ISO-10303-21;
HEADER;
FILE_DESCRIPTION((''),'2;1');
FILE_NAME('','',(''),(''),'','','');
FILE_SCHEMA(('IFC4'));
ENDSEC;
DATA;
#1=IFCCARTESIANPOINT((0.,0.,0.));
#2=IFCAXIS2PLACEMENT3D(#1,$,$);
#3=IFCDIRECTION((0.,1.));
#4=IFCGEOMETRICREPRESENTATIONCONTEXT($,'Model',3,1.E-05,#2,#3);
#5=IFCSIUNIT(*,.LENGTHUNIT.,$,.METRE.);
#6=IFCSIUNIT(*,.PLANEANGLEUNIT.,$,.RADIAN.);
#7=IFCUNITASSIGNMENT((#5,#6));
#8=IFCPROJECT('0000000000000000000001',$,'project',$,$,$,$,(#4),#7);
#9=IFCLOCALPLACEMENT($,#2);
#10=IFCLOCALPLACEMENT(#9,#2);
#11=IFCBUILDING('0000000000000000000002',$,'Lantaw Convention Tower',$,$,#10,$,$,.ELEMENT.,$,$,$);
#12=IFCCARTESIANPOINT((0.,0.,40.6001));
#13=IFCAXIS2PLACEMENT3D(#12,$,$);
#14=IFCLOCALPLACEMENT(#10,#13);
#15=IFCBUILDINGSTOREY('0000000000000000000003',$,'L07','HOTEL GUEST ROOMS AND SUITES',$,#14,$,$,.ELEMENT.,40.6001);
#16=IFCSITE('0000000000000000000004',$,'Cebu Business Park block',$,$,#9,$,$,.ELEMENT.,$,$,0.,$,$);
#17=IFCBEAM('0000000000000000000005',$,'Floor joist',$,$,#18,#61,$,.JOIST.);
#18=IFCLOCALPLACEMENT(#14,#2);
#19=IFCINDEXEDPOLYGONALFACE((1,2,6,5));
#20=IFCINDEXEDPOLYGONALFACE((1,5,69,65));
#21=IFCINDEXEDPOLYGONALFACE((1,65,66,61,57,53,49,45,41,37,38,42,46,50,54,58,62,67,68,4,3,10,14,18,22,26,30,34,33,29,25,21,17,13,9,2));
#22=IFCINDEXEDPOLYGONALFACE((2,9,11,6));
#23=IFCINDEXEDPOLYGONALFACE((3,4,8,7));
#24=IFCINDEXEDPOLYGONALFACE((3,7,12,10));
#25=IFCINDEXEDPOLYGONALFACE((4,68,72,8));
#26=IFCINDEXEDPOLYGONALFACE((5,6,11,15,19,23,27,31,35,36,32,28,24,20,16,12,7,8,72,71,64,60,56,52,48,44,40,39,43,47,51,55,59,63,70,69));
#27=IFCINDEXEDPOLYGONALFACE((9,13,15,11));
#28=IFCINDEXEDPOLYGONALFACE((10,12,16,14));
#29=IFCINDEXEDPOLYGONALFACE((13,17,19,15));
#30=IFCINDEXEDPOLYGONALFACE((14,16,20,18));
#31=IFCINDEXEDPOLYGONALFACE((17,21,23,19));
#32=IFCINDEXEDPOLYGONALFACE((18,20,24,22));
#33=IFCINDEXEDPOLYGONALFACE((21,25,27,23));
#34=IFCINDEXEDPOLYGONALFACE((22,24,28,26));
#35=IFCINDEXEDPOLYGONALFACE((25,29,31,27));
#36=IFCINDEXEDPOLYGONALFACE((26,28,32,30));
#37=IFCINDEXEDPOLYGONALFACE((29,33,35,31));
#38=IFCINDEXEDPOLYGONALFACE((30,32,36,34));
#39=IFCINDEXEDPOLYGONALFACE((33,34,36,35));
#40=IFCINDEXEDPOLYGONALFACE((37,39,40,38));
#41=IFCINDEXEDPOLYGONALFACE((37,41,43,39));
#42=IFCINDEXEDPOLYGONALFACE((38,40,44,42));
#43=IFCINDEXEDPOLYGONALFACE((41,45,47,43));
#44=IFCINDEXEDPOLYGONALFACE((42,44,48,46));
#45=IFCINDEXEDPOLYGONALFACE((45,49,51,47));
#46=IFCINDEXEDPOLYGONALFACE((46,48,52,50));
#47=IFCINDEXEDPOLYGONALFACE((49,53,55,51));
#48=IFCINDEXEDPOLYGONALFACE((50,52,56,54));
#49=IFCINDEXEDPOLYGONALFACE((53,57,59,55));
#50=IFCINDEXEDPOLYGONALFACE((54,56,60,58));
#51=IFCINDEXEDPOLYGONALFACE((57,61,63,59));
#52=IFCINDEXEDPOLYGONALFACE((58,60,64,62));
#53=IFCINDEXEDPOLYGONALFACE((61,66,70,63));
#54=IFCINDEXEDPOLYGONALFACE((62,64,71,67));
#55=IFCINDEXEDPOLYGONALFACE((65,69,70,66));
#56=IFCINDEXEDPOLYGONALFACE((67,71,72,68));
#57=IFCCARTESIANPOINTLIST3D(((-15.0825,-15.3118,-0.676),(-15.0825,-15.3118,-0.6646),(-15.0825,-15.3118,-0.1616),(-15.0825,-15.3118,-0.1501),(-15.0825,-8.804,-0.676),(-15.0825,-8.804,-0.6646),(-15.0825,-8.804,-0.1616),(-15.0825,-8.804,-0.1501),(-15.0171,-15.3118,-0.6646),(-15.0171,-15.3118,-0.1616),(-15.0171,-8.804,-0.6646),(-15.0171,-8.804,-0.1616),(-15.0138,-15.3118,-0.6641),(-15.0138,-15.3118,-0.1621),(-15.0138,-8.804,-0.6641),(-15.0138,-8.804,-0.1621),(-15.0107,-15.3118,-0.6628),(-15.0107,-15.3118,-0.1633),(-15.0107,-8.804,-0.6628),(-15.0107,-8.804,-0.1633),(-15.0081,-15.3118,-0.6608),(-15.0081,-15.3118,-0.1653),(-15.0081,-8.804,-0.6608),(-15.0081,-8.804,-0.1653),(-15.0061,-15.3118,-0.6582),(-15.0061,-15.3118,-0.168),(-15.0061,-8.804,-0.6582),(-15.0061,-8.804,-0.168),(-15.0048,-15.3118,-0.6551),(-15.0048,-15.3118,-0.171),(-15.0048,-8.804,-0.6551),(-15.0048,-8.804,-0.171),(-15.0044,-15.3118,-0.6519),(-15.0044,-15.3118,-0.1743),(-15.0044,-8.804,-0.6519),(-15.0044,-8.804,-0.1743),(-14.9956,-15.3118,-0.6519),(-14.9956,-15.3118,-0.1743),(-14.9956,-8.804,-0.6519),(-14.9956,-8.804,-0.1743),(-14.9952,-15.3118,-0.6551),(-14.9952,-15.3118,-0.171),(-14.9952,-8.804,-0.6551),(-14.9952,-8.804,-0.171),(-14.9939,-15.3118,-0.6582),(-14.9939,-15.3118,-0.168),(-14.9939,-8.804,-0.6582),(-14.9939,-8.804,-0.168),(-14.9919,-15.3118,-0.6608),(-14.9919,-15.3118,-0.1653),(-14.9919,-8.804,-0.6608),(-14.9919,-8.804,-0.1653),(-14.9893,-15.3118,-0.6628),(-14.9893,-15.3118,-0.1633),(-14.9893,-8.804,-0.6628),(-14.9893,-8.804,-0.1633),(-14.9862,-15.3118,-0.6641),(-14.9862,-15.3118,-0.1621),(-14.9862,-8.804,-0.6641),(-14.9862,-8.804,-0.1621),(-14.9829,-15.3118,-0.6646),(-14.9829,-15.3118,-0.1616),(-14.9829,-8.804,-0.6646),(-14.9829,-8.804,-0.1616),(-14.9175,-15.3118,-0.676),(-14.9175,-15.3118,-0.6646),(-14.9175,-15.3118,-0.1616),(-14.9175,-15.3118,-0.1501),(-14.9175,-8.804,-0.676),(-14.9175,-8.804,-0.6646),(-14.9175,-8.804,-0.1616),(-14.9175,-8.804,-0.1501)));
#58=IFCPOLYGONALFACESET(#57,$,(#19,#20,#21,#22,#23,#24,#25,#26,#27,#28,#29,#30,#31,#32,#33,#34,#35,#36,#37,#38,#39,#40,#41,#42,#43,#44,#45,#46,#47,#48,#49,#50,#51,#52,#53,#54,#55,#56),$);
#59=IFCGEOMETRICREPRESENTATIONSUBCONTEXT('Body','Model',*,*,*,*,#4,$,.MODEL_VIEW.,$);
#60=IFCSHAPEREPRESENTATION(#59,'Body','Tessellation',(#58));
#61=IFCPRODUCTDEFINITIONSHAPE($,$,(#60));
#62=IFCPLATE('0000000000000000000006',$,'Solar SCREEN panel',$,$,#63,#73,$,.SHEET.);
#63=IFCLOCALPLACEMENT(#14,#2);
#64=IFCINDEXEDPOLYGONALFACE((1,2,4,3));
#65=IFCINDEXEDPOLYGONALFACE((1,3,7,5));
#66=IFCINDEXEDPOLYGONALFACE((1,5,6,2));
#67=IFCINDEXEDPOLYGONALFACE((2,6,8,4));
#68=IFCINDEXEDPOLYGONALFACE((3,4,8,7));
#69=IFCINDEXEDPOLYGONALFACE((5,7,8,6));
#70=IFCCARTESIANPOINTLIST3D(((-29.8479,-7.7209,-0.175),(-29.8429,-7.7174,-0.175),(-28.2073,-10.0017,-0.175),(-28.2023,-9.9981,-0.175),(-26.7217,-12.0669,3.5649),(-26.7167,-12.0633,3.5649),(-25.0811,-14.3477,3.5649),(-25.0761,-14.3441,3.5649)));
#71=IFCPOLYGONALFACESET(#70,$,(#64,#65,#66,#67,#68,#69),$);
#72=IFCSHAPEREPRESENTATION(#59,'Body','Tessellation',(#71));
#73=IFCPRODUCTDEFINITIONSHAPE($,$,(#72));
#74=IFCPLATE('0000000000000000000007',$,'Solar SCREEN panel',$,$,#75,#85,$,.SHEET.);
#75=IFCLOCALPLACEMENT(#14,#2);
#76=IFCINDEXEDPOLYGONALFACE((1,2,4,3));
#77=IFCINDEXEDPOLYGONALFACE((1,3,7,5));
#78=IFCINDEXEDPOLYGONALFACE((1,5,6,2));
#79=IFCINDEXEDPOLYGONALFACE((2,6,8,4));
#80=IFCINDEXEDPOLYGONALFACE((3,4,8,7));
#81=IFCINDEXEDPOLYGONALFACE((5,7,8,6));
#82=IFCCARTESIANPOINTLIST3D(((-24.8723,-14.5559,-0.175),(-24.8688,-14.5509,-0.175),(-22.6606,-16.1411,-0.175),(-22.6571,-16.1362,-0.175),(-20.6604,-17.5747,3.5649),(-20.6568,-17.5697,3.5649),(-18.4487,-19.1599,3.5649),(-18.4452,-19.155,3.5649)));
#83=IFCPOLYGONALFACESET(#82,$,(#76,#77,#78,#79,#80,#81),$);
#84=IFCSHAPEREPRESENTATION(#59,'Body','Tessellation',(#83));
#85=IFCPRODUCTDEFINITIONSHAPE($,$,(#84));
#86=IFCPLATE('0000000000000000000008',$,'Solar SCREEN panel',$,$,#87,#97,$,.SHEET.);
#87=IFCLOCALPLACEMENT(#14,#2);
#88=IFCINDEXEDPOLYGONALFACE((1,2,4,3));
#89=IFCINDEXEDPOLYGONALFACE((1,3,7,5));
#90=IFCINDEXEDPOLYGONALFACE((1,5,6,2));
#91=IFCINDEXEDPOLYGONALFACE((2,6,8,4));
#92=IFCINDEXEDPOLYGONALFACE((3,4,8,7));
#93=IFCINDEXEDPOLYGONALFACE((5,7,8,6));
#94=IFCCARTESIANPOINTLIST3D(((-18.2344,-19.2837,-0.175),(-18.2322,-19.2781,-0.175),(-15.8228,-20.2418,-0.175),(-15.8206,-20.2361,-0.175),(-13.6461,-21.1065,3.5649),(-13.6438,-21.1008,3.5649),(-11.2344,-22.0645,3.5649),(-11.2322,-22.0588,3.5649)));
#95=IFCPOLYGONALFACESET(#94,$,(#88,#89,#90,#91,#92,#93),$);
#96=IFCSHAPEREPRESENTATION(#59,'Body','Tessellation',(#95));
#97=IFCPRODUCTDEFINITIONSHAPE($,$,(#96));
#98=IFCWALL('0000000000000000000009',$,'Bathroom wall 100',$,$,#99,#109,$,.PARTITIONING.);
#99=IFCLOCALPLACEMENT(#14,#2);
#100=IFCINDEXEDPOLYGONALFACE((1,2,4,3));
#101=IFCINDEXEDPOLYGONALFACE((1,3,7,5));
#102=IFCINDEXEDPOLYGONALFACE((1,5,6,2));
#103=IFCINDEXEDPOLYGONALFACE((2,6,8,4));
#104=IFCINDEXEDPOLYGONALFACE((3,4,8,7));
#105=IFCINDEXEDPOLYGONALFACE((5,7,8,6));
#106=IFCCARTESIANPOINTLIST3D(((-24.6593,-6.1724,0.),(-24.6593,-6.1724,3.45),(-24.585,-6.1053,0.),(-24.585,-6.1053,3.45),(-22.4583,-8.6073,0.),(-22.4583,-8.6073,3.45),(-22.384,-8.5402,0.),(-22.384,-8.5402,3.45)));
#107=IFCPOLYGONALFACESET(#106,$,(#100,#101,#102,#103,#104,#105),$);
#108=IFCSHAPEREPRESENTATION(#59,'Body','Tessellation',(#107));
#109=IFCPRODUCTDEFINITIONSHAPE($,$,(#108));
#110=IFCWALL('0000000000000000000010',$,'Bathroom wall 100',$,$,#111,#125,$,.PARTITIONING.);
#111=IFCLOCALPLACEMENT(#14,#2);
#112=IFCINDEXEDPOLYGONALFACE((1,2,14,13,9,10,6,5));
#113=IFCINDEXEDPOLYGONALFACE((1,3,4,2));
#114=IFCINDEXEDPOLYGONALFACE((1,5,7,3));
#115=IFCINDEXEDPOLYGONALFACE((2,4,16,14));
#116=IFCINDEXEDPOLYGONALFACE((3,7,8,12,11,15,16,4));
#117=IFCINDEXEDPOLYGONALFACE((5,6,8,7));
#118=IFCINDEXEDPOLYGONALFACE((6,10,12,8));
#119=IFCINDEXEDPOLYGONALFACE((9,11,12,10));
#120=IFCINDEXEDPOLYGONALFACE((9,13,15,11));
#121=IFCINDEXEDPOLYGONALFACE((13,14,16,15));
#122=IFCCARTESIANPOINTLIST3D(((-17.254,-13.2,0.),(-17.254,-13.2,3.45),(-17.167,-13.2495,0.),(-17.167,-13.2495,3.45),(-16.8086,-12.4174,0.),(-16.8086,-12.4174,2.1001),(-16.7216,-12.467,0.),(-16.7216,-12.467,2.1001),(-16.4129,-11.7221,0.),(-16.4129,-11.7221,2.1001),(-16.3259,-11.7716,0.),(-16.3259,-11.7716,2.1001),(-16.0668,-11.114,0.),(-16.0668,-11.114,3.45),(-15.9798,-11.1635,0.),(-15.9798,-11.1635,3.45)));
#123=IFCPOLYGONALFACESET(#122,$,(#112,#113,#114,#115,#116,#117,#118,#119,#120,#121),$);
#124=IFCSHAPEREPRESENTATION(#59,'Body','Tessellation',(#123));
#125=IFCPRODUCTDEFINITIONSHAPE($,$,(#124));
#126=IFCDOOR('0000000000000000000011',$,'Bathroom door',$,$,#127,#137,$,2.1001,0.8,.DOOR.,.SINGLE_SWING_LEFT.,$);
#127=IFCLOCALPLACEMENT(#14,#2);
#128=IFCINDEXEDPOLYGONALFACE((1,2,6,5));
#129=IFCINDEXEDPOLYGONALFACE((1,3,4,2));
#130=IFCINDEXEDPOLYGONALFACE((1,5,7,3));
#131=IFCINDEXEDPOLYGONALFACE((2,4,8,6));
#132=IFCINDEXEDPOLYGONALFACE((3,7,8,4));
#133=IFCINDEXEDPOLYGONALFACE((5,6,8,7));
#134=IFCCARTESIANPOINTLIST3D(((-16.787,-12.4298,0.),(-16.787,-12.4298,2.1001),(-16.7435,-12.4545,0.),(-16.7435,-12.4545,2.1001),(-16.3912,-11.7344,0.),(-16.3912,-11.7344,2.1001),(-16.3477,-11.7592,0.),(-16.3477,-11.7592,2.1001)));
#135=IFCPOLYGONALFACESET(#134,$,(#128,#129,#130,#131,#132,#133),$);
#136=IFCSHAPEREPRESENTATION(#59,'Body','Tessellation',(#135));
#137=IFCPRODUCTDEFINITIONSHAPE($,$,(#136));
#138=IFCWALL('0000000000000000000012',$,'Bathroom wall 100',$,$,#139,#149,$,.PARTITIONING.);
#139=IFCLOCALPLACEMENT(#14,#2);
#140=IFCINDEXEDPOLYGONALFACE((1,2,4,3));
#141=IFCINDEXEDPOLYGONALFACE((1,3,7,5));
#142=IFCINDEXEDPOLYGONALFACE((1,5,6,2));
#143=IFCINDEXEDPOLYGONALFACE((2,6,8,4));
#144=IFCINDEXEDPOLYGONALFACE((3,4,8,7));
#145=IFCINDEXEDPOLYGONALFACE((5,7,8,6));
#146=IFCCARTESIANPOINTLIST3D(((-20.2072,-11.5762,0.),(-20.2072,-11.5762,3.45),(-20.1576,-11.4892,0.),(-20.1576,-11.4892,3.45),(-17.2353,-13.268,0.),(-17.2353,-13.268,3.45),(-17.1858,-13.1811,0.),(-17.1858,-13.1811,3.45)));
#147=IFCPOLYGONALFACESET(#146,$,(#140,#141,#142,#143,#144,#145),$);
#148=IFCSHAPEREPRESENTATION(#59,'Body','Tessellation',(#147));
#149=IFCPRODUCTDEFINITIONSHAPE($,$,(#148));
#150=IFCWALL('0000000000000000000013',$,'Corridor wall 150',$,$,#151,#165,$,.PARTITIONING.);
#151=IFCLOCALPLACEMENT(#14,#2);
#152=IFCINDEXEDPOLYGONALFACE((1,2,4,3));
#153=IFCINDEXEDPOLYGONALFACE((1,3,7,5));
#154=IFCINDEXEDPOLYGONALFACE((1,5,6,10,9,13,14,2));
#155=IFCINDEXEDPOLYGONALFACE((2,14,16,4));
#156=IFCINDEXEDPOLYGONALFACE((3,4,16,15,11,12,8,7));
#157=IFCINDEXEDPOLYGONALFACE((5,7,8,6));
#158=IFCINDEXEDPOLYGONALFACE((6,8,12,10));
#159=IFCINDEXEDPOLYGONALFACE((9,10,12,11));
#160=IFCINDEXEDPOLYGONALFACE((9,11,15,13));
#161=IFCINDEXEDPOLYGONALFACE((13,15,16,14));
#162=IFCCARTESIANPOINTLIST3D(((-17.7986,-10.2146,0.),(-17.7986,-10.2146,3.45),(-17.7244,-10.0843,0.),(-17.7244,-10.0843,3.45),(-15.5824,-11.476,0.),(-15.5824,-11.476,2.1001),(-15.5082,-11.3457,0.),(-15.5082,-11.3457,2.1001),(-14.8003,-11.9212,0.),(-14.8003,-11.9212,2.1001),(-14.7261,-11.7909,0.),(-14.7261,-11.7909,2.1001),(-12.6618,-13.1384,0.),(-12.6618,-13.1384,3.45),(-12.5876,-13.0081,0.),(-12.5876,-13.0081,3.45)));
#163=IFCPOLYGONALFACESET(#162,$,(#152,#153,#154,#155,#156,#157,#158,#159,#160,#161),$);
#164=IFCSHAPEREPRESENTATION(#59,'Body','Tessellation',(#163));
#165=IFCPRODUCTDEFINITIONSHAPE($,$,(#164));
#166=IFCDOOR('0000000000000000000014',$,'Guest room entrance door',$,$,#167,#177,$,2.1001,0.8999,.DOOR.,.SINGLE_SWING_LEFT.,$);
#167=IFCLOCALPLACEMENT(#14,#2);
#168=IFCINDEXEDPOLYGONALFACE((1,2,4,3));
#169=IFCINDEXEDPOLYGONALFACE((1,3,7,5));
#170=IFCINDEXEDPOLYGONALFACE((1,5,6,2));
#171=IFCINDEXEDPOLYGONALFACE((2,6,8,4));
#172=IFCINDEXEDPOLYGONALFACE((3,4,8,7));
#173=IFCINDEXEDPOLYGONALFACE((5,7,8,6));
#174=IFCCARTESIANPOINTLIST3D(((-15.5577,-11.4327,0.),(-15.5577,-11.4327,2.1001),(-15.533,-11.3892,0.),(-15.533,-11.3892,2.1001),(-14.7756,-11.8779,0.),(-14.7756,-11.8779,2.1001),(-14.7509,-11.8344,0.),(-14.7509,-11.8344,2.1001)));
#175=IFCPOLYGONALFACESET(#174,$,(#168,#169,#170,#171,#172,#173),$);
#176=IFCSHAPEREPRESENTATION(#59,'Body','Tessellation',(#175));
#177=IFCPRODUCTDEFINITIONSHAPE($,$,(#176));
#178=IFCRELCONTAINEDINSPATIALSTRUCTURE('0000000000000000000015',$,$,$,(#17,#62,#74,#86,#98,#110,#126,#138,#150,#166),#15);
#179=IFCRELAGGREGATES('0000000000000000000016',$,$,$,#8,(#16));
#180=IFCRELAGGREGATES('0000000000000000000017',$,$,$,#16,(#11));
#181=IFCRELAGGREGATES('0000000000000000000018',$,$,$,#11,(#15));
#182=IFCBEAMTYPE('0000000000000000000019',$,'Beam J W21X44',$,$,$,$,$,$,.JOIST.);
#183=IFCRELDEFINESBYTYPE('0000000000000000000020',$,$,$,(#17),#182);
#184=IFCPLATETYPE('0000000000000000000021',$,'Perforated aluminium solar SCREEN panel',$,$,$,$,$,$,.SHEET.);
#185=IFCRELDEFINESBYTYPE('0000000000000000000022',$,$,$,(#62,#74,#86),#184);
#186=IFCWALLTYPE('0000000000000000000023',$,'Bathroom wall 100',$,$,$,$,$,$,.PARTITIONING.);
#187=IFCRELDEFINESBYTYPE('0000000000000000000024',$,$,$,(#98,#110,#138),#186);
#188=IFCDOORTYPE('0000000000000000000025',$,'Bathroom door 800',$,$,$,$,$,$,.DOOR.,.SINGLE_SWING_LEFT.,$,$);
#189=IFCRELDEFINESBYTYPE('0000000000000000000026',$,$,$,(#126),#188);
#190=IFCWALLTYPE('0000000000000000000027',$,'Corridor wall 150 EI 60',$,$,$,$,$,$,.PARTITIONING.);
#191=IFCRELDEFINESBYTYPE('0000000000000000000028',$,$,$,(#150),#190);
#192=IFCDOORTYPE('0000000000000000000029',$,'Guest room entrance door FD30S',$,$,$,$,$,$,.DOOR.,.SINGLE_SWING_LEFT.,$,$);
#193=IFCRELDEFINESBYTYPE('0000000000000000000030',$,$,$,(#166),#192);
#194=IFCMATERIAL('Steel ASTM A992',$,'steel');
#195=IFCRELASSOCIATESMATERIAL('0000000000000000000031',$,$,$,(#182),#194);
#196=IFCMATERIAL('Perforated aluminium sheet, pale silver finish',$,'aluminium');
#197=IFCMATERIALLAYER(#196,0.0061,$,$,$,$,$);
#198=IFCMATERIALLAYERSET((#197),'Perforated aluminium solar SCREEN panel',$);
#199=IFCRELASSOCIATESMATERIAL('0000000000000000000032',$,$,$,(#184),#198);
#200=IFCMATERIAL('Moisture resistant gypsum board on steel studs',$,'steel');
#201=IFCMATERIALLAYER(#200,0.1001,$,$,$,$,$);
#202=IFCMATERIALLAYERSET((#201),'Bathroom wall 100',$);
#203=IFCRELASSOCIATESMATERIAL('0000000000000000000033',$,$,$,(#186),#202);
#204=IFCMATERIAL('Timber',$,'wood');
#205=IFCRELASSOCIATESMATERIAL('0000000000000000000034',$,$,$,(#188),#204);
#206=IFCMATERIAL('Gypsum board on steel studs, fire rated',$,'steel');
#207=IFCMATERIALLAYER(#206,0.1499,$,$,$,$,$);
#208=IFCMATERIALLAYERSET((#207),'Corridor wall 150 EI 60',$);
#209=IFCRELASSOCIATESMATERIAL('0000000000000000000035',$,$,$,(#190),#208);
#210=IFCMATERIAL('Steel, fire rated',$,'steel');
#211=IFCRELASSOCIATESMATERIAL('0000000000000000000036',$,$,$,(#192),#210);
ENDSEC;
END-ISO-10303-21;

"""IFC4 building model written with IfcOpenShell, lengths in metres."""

from ifc_helpers import new_model, si_unit, direction, frame, frame_2d, origin, origin_2d, place, context, subcontext, project, spatial, polyline, rectangle, i_section, outline, extrude, material, layer, layer_set, material_profile, profile_set, type_object, element, fill, save


model = new_model("IFC4")

# Units and contexts
model_context = context("Model", 3, precision=1e-05, world=origin(), true_north=direction((0.0, 1.0)))
body_context = subcontext(model_context, "Body", "Model", "MODEL_VIEW")
ifc_project = project(units=[si_unit("LENGTHUNIT", "METRE"), si_unit("PLANEANGLEUNIT", "RADIAN")], contexts=[model_context])

# Site, building, storey
site_placement = place(None, origin())
site = spatial("IfcSite", under=ifc_project, at=site_placement, Name="Cebu Business Park block", CompositionType="ELEMENT", RefElevation=0.0)
building_placement = place(site_placement, origin())
building = spatial("IfcBuilding", under=site, at=building_placement, Name="Lantaw Convention Tower", CompositionType="ELEMENT")
storey_placement = place(building_placement, frame((0.0, 0.0, 40.6001)))
storey = spatial("IfcBuildingStorey", under=building, at=storey_placement, Name="L07", Description="HOTEL GUEST ROOMS AND SUITES", CompositionType="ELEMENT", Elevation=40.6001)

# Beam
ifc_material_1 = material(Name="Steel ASTM A992", Category="steel")
ifc_material_profile_1 = material_profile(ifc_material_1, i_section(OverallWidth=0.165, OverallDepth=0.5259, WebThickness=0.0088, FlangeThickness=0.0115, FilletRadius=0.0127, at=origin_2d()), Name="W21X44")
ifc_profile_set_1 = profile_set([ifc_material_profile_1], Name="Steel ASTM A992")
beam_type_1 = type_object("IfcBeamType", Name="Beam J W21X44", PredefinedType="JOIST", material=ifc_profile_set_1)
beam_1_placement = place(storey_placement, frame((-15.0, -15.3118, -0.4131), z_axis=(0.0, 1.0, 0.0), x_axis=(-1.0, 0.0, 0.0)))
element("IfcBeam", 1, at=beam_1_placement, inside=storey, type_object=beam_type_1, Name="Floor joist", PredefinedType="JOIST", context=body_context, shape_type="SweptSolid", body=[
    extrude(i_section(OverallWidth=0.165, OverallDepth=0.5259, WebThickness=0.0088, FlangeThickness=0.0115, FilletRadius=0.0127, at=origin_2d()), origin(), (0.0, 0.0, 1.0), 6.5078),
])

# Plates
ifc_material_2 = material(Name="Perforated aluminium sheet, pale silver finish", Category="aluminium")
ifc_layer_1 = layer(ifc_material_2, 0.0061)
ifc_layer_set_1 = layer_set([ifc_layer_1], Name="Perforated aluminium solar SCREEN panel")
plate_type = type_object("IfcPlateType", Name="Perforated aluminium solar SCREEN panel", PredefinedType="SHEET", material=ifc_layer_set_1)
plate_1_placement = place(storey_placement, frame((-29.8479, -7.7209, -0.175), z_axis=(-0.811791, -0.583948, 0.000009), x_axis=(0.583948, -0.811791, 0.0)))
element("IfcPlate", 2, at=plate_1_placement, inside=storey, type_object=plate_type, Name="Solar SCREEN panel", PredefinedType="SHEET", context=body_context, shape_type="SweptSolid", body=[
    extrude(outline(polyline([(0.0, 0.0), (2.8095, 0.0), (8.1631, 3.74), (5.3536, 3.74), (0.0, 0.0)])), origin(), (0.0, 0.0, -1.0), 0.0061),
])
plate_2_placement = place(storey_placement, frame((-24.8723, -14.5559, -0.175), z_axis=(-0.582561, -0.812787, 0.000016), x_axis=(0.812787, -0.582561, 0.0)))
element("IfcPlate", 3, at=plate_2_placement, inside=storey, type_object=plate_type, Name="Solar SCREEN panel", PredefinedType="SHEET", context=body_context, shape_type="SweptSolid", body=[
    extrude(outline(polyline([(0.0, 0.0), (2.7211, 0.0), (7.9031, 3.74), (5.182, 3.74), (0.0, 0.0)])), origin(), (0.0, 0.0, -1.0), 0.0061),
])
plate_3_placement = place(storey_placement, frame((-18.2322, -19.2781, -0.175), z_axis=(0.369184, 0.929357, 0.000009), x_axis=(0.929357, -0.369184, 0.0)))
element("IfcPlate", 4, at=plate_3_placement, inside=storey, type_object=plate_type, Name="Solar SCREEN panel", PredefinedType="SHEET", context=body_context, shape_type="SweptSolid", body=[
    extrude(outline(polyline([(0.0, 0.0), (2.5949, 0.0), (7.5321, -3.74), (4.9372, -3.74), (0.0, 0.0)])), origin(), (0.0, 0.0, -1.0), 0.0061),
])

# Wall
ifc_material_3 = material(Name="Moisture resistant gypsum board on steel studs", Category="steel")
ifc_layer_2 = layer(ifc_material_3, 0.1001)
ifc_layer_set_2 = layer_set([ifc_layer_2], Name="Bathroom wall 100")
wall_type_1 = type_object("IfcWallType", Name="Bathroom wall 100", PredefinedType="PARTITIONING", material=ifc_layer_set_2)
wall_1_placement = place(storey_placement, frame((-22.4211, -8.5737, 0.0), z_axis=(0.0, 0.0, 1.0), x_axis=(-0.670578, 0.741839, 0.0)))
element("IfcWall", 5, at=wall_1_placement, inside=storey, type_object=wall_type_1, Name="Bathroom wall 100", PredefinedType="PARTITIONING", context=body_context, shape_type="SweptSolid", body=[
    extrude(rectangle(XDim=3.2822, YDim=0.1001, at=frame_2d((1.6411, 0.0))), origin(), (0.0, 0.0, 1.0), 3.45),
])

# Wall, opening, door
wall_2_placement = place(storey_placement, frame((-16.0232, -11.1387, 0.0), z_axis=(0.0, 0.0, 1.0), x_axis=(-0.494659, -0.869087, 0.0)))
wall_2 = element("IfcWall", 6, at=wall_2_placement, inside=storey, type_object=wall_type_1, Name="Bathroom wall 100", PredefinedType="PARTITIONING", context=body_context, shape_type="SweptSolid", body=[
    extrude(rectangle(XDim=2.4001, YDim=0.1001, at=frame_2d((1.2002, 0.0))), origin(), (0.0, 0.0, 1.0), 3.45),
])
opening_1_placement = place(wall_2_placement, frame((0.7, 0.0, 0.0)))
opening_1 = element("IfcOpeningElement", 7, at=opening_1_placement, cuts=wall_2, PredefinedType="OPENING", context=body_context, shape_type="SweptSolid", body=[
    extrude(rectangle(XDim=0.8, YDim=2.1001, at=frame_2d((0.3999, 1.05))), frame((0.0, 0.0601, 0.0), z_axis=(0.0, -1.0, 0.0), x_axis=(1.0, 0.0, 0.0)), (0.0, 0.0, 1.0), 0.1201),
])
ifc_material_4 = material(Name="Timber", Category="wood")
door_type_1 = type_object("IfcDoorType", Name="Bathroom door 800", OperationType="SINGLE_SWING_LEFT", PredefinedType="DOOR", material=ifc_material_4)
door_1_placement = place(opening_1_placement, origin())
door_1 = element("IfcDoor", 8, at=door_1_placement, inside=storey, type_object=door_type_1, Name="Bathroom door", OperationType="SINGLE_SWING_LEFT", OverallHeight=2.1001, OverallWidth=0.8, PredefinedType="DOOR", context=body_context, shape_type="SweptSolid", body=[
    extrude(rectangle(XDim=0.8, YDim=2.1001, at=frame_2d((0.3999, 1.05))), frame((0.0, 0.0249, 0.0), z_axis=(0.0, -1.0, 0.0), x_axis=(1.0, 0.0, 0.0)), (0.0, 0.0, 1.0), 0.05),
])
fill(opening_1, door_1)

# Wall
wall_3_placement = place(storey_placement, frame((-17.2104, -13.2246, 0.0), z_axis=(0.0, 0.0, 1.0), x_axis=(-0.869042, 0.494739, 0.0)))
element("IfcWall", 9, at=wall_3_placement, inside=storey, type_object=wall_type_1, Name="Bathroom wall 100", PredefinedType="PARTITIONING", context=body_context, shape_type="SweptSolid", body=[
    extrude(rectangle(XDim=3.4197, YDim=0.1001, at=frame_2d((1.71, 0.0))), origin(), (0.0, 0.0, 1.0), 3.45),
])

# Wall, opening, door
ifc_material_5 = material(Name="Gypsum board on steel studs, fire rated", Category="steel")
ifc_layer_3 = layer(ifc_material_5, 0.1499)
ifc_layer_set_3 = layer_set([ifc_layer_3], Name="Corridor wall 150 EI 60")
wall_type_2 = type_object("IfcWallType", Name="Corridor wall 150 EI 60", PredefinedType="PARTITIONING", material=ifc_layer_set_3)
wall_4_placement = place(storey_placement, frame((-17.7615, -10.1494, 0.0), z_axis=(0.0, 0.0, 1.0), x_axis=(0.869076, -0.494679, 0.0)))
wall_4 = element("IfcWall", 10, at=wall_4_placement, inside=storey, type_object=wall_type_2, Name="Corridor wall 150", PredefinedType="PARTITIONING", context=body_context, shape_type="SweptSolid", body=[
    extrude(rectangle(XDim=5.9106, YDim=0.1499, at=frame_2d((2.9553, 0.0))), origin(), (0.0, 0.0, 1.0), 3.45),
])
opening_2_placement = place(wall_4_placement, frame((2.55, 0.0, 0.0)))
opening_2 = element("IfcOpeningElement", 11, at=opening_2_placement, cuts=wall_4, PredefinedType="OPENING", context=body_context, shape_type="SweptSolid", body=[
    extrude(rectangle(XDim=0.8999, YDim=2.1001, at=frame_2d((0.45, 1.05))), frame((0.0, 0.085, 0.0), z_axis=(0.0, -1.0, 0.0), x_axis=(1.0, 0.0, 0.0)), (0.0, 0.0, 1.0), 0.1699),
])
ifc_material_6 = material(Name="Steel, fire rated", Category="steel")
door_type_2 = type_object("IfcDoorType", Name="Guest room entrance door FD30S", OperationType="SINGLE_SWING_LEFT", PredefinedType="DOOR", material=ifc_material_6)
door_2_placement = place(opening_2_placement, origin())
door_2 = element("IfcDoor", 12, at=door_2_placement, inside=storey, type_object=door_type_2, Name="Guest room entrance door", OperationType="SINGLE_SWING_LEFT", OverallHeight=2.1001, OverallWidth=0.8999, PredefinedType="DOOR", context=body_context, shape_type="SweptSolid", body=[
    extrude(rectangle(XDim=0.8999, YDim=2.1001, at=frame_2d((0.45, 1.05))), frame((0.0, 0.0249, 0.0), z_axis=(0.0, -1.0, 0.0), x_axis=(1.0, 0.0, 0.0)), (0.0, 0.0, 1.0), 0.05),
])
fill(opening_2, door_2)

save(model, "model.ifc")
